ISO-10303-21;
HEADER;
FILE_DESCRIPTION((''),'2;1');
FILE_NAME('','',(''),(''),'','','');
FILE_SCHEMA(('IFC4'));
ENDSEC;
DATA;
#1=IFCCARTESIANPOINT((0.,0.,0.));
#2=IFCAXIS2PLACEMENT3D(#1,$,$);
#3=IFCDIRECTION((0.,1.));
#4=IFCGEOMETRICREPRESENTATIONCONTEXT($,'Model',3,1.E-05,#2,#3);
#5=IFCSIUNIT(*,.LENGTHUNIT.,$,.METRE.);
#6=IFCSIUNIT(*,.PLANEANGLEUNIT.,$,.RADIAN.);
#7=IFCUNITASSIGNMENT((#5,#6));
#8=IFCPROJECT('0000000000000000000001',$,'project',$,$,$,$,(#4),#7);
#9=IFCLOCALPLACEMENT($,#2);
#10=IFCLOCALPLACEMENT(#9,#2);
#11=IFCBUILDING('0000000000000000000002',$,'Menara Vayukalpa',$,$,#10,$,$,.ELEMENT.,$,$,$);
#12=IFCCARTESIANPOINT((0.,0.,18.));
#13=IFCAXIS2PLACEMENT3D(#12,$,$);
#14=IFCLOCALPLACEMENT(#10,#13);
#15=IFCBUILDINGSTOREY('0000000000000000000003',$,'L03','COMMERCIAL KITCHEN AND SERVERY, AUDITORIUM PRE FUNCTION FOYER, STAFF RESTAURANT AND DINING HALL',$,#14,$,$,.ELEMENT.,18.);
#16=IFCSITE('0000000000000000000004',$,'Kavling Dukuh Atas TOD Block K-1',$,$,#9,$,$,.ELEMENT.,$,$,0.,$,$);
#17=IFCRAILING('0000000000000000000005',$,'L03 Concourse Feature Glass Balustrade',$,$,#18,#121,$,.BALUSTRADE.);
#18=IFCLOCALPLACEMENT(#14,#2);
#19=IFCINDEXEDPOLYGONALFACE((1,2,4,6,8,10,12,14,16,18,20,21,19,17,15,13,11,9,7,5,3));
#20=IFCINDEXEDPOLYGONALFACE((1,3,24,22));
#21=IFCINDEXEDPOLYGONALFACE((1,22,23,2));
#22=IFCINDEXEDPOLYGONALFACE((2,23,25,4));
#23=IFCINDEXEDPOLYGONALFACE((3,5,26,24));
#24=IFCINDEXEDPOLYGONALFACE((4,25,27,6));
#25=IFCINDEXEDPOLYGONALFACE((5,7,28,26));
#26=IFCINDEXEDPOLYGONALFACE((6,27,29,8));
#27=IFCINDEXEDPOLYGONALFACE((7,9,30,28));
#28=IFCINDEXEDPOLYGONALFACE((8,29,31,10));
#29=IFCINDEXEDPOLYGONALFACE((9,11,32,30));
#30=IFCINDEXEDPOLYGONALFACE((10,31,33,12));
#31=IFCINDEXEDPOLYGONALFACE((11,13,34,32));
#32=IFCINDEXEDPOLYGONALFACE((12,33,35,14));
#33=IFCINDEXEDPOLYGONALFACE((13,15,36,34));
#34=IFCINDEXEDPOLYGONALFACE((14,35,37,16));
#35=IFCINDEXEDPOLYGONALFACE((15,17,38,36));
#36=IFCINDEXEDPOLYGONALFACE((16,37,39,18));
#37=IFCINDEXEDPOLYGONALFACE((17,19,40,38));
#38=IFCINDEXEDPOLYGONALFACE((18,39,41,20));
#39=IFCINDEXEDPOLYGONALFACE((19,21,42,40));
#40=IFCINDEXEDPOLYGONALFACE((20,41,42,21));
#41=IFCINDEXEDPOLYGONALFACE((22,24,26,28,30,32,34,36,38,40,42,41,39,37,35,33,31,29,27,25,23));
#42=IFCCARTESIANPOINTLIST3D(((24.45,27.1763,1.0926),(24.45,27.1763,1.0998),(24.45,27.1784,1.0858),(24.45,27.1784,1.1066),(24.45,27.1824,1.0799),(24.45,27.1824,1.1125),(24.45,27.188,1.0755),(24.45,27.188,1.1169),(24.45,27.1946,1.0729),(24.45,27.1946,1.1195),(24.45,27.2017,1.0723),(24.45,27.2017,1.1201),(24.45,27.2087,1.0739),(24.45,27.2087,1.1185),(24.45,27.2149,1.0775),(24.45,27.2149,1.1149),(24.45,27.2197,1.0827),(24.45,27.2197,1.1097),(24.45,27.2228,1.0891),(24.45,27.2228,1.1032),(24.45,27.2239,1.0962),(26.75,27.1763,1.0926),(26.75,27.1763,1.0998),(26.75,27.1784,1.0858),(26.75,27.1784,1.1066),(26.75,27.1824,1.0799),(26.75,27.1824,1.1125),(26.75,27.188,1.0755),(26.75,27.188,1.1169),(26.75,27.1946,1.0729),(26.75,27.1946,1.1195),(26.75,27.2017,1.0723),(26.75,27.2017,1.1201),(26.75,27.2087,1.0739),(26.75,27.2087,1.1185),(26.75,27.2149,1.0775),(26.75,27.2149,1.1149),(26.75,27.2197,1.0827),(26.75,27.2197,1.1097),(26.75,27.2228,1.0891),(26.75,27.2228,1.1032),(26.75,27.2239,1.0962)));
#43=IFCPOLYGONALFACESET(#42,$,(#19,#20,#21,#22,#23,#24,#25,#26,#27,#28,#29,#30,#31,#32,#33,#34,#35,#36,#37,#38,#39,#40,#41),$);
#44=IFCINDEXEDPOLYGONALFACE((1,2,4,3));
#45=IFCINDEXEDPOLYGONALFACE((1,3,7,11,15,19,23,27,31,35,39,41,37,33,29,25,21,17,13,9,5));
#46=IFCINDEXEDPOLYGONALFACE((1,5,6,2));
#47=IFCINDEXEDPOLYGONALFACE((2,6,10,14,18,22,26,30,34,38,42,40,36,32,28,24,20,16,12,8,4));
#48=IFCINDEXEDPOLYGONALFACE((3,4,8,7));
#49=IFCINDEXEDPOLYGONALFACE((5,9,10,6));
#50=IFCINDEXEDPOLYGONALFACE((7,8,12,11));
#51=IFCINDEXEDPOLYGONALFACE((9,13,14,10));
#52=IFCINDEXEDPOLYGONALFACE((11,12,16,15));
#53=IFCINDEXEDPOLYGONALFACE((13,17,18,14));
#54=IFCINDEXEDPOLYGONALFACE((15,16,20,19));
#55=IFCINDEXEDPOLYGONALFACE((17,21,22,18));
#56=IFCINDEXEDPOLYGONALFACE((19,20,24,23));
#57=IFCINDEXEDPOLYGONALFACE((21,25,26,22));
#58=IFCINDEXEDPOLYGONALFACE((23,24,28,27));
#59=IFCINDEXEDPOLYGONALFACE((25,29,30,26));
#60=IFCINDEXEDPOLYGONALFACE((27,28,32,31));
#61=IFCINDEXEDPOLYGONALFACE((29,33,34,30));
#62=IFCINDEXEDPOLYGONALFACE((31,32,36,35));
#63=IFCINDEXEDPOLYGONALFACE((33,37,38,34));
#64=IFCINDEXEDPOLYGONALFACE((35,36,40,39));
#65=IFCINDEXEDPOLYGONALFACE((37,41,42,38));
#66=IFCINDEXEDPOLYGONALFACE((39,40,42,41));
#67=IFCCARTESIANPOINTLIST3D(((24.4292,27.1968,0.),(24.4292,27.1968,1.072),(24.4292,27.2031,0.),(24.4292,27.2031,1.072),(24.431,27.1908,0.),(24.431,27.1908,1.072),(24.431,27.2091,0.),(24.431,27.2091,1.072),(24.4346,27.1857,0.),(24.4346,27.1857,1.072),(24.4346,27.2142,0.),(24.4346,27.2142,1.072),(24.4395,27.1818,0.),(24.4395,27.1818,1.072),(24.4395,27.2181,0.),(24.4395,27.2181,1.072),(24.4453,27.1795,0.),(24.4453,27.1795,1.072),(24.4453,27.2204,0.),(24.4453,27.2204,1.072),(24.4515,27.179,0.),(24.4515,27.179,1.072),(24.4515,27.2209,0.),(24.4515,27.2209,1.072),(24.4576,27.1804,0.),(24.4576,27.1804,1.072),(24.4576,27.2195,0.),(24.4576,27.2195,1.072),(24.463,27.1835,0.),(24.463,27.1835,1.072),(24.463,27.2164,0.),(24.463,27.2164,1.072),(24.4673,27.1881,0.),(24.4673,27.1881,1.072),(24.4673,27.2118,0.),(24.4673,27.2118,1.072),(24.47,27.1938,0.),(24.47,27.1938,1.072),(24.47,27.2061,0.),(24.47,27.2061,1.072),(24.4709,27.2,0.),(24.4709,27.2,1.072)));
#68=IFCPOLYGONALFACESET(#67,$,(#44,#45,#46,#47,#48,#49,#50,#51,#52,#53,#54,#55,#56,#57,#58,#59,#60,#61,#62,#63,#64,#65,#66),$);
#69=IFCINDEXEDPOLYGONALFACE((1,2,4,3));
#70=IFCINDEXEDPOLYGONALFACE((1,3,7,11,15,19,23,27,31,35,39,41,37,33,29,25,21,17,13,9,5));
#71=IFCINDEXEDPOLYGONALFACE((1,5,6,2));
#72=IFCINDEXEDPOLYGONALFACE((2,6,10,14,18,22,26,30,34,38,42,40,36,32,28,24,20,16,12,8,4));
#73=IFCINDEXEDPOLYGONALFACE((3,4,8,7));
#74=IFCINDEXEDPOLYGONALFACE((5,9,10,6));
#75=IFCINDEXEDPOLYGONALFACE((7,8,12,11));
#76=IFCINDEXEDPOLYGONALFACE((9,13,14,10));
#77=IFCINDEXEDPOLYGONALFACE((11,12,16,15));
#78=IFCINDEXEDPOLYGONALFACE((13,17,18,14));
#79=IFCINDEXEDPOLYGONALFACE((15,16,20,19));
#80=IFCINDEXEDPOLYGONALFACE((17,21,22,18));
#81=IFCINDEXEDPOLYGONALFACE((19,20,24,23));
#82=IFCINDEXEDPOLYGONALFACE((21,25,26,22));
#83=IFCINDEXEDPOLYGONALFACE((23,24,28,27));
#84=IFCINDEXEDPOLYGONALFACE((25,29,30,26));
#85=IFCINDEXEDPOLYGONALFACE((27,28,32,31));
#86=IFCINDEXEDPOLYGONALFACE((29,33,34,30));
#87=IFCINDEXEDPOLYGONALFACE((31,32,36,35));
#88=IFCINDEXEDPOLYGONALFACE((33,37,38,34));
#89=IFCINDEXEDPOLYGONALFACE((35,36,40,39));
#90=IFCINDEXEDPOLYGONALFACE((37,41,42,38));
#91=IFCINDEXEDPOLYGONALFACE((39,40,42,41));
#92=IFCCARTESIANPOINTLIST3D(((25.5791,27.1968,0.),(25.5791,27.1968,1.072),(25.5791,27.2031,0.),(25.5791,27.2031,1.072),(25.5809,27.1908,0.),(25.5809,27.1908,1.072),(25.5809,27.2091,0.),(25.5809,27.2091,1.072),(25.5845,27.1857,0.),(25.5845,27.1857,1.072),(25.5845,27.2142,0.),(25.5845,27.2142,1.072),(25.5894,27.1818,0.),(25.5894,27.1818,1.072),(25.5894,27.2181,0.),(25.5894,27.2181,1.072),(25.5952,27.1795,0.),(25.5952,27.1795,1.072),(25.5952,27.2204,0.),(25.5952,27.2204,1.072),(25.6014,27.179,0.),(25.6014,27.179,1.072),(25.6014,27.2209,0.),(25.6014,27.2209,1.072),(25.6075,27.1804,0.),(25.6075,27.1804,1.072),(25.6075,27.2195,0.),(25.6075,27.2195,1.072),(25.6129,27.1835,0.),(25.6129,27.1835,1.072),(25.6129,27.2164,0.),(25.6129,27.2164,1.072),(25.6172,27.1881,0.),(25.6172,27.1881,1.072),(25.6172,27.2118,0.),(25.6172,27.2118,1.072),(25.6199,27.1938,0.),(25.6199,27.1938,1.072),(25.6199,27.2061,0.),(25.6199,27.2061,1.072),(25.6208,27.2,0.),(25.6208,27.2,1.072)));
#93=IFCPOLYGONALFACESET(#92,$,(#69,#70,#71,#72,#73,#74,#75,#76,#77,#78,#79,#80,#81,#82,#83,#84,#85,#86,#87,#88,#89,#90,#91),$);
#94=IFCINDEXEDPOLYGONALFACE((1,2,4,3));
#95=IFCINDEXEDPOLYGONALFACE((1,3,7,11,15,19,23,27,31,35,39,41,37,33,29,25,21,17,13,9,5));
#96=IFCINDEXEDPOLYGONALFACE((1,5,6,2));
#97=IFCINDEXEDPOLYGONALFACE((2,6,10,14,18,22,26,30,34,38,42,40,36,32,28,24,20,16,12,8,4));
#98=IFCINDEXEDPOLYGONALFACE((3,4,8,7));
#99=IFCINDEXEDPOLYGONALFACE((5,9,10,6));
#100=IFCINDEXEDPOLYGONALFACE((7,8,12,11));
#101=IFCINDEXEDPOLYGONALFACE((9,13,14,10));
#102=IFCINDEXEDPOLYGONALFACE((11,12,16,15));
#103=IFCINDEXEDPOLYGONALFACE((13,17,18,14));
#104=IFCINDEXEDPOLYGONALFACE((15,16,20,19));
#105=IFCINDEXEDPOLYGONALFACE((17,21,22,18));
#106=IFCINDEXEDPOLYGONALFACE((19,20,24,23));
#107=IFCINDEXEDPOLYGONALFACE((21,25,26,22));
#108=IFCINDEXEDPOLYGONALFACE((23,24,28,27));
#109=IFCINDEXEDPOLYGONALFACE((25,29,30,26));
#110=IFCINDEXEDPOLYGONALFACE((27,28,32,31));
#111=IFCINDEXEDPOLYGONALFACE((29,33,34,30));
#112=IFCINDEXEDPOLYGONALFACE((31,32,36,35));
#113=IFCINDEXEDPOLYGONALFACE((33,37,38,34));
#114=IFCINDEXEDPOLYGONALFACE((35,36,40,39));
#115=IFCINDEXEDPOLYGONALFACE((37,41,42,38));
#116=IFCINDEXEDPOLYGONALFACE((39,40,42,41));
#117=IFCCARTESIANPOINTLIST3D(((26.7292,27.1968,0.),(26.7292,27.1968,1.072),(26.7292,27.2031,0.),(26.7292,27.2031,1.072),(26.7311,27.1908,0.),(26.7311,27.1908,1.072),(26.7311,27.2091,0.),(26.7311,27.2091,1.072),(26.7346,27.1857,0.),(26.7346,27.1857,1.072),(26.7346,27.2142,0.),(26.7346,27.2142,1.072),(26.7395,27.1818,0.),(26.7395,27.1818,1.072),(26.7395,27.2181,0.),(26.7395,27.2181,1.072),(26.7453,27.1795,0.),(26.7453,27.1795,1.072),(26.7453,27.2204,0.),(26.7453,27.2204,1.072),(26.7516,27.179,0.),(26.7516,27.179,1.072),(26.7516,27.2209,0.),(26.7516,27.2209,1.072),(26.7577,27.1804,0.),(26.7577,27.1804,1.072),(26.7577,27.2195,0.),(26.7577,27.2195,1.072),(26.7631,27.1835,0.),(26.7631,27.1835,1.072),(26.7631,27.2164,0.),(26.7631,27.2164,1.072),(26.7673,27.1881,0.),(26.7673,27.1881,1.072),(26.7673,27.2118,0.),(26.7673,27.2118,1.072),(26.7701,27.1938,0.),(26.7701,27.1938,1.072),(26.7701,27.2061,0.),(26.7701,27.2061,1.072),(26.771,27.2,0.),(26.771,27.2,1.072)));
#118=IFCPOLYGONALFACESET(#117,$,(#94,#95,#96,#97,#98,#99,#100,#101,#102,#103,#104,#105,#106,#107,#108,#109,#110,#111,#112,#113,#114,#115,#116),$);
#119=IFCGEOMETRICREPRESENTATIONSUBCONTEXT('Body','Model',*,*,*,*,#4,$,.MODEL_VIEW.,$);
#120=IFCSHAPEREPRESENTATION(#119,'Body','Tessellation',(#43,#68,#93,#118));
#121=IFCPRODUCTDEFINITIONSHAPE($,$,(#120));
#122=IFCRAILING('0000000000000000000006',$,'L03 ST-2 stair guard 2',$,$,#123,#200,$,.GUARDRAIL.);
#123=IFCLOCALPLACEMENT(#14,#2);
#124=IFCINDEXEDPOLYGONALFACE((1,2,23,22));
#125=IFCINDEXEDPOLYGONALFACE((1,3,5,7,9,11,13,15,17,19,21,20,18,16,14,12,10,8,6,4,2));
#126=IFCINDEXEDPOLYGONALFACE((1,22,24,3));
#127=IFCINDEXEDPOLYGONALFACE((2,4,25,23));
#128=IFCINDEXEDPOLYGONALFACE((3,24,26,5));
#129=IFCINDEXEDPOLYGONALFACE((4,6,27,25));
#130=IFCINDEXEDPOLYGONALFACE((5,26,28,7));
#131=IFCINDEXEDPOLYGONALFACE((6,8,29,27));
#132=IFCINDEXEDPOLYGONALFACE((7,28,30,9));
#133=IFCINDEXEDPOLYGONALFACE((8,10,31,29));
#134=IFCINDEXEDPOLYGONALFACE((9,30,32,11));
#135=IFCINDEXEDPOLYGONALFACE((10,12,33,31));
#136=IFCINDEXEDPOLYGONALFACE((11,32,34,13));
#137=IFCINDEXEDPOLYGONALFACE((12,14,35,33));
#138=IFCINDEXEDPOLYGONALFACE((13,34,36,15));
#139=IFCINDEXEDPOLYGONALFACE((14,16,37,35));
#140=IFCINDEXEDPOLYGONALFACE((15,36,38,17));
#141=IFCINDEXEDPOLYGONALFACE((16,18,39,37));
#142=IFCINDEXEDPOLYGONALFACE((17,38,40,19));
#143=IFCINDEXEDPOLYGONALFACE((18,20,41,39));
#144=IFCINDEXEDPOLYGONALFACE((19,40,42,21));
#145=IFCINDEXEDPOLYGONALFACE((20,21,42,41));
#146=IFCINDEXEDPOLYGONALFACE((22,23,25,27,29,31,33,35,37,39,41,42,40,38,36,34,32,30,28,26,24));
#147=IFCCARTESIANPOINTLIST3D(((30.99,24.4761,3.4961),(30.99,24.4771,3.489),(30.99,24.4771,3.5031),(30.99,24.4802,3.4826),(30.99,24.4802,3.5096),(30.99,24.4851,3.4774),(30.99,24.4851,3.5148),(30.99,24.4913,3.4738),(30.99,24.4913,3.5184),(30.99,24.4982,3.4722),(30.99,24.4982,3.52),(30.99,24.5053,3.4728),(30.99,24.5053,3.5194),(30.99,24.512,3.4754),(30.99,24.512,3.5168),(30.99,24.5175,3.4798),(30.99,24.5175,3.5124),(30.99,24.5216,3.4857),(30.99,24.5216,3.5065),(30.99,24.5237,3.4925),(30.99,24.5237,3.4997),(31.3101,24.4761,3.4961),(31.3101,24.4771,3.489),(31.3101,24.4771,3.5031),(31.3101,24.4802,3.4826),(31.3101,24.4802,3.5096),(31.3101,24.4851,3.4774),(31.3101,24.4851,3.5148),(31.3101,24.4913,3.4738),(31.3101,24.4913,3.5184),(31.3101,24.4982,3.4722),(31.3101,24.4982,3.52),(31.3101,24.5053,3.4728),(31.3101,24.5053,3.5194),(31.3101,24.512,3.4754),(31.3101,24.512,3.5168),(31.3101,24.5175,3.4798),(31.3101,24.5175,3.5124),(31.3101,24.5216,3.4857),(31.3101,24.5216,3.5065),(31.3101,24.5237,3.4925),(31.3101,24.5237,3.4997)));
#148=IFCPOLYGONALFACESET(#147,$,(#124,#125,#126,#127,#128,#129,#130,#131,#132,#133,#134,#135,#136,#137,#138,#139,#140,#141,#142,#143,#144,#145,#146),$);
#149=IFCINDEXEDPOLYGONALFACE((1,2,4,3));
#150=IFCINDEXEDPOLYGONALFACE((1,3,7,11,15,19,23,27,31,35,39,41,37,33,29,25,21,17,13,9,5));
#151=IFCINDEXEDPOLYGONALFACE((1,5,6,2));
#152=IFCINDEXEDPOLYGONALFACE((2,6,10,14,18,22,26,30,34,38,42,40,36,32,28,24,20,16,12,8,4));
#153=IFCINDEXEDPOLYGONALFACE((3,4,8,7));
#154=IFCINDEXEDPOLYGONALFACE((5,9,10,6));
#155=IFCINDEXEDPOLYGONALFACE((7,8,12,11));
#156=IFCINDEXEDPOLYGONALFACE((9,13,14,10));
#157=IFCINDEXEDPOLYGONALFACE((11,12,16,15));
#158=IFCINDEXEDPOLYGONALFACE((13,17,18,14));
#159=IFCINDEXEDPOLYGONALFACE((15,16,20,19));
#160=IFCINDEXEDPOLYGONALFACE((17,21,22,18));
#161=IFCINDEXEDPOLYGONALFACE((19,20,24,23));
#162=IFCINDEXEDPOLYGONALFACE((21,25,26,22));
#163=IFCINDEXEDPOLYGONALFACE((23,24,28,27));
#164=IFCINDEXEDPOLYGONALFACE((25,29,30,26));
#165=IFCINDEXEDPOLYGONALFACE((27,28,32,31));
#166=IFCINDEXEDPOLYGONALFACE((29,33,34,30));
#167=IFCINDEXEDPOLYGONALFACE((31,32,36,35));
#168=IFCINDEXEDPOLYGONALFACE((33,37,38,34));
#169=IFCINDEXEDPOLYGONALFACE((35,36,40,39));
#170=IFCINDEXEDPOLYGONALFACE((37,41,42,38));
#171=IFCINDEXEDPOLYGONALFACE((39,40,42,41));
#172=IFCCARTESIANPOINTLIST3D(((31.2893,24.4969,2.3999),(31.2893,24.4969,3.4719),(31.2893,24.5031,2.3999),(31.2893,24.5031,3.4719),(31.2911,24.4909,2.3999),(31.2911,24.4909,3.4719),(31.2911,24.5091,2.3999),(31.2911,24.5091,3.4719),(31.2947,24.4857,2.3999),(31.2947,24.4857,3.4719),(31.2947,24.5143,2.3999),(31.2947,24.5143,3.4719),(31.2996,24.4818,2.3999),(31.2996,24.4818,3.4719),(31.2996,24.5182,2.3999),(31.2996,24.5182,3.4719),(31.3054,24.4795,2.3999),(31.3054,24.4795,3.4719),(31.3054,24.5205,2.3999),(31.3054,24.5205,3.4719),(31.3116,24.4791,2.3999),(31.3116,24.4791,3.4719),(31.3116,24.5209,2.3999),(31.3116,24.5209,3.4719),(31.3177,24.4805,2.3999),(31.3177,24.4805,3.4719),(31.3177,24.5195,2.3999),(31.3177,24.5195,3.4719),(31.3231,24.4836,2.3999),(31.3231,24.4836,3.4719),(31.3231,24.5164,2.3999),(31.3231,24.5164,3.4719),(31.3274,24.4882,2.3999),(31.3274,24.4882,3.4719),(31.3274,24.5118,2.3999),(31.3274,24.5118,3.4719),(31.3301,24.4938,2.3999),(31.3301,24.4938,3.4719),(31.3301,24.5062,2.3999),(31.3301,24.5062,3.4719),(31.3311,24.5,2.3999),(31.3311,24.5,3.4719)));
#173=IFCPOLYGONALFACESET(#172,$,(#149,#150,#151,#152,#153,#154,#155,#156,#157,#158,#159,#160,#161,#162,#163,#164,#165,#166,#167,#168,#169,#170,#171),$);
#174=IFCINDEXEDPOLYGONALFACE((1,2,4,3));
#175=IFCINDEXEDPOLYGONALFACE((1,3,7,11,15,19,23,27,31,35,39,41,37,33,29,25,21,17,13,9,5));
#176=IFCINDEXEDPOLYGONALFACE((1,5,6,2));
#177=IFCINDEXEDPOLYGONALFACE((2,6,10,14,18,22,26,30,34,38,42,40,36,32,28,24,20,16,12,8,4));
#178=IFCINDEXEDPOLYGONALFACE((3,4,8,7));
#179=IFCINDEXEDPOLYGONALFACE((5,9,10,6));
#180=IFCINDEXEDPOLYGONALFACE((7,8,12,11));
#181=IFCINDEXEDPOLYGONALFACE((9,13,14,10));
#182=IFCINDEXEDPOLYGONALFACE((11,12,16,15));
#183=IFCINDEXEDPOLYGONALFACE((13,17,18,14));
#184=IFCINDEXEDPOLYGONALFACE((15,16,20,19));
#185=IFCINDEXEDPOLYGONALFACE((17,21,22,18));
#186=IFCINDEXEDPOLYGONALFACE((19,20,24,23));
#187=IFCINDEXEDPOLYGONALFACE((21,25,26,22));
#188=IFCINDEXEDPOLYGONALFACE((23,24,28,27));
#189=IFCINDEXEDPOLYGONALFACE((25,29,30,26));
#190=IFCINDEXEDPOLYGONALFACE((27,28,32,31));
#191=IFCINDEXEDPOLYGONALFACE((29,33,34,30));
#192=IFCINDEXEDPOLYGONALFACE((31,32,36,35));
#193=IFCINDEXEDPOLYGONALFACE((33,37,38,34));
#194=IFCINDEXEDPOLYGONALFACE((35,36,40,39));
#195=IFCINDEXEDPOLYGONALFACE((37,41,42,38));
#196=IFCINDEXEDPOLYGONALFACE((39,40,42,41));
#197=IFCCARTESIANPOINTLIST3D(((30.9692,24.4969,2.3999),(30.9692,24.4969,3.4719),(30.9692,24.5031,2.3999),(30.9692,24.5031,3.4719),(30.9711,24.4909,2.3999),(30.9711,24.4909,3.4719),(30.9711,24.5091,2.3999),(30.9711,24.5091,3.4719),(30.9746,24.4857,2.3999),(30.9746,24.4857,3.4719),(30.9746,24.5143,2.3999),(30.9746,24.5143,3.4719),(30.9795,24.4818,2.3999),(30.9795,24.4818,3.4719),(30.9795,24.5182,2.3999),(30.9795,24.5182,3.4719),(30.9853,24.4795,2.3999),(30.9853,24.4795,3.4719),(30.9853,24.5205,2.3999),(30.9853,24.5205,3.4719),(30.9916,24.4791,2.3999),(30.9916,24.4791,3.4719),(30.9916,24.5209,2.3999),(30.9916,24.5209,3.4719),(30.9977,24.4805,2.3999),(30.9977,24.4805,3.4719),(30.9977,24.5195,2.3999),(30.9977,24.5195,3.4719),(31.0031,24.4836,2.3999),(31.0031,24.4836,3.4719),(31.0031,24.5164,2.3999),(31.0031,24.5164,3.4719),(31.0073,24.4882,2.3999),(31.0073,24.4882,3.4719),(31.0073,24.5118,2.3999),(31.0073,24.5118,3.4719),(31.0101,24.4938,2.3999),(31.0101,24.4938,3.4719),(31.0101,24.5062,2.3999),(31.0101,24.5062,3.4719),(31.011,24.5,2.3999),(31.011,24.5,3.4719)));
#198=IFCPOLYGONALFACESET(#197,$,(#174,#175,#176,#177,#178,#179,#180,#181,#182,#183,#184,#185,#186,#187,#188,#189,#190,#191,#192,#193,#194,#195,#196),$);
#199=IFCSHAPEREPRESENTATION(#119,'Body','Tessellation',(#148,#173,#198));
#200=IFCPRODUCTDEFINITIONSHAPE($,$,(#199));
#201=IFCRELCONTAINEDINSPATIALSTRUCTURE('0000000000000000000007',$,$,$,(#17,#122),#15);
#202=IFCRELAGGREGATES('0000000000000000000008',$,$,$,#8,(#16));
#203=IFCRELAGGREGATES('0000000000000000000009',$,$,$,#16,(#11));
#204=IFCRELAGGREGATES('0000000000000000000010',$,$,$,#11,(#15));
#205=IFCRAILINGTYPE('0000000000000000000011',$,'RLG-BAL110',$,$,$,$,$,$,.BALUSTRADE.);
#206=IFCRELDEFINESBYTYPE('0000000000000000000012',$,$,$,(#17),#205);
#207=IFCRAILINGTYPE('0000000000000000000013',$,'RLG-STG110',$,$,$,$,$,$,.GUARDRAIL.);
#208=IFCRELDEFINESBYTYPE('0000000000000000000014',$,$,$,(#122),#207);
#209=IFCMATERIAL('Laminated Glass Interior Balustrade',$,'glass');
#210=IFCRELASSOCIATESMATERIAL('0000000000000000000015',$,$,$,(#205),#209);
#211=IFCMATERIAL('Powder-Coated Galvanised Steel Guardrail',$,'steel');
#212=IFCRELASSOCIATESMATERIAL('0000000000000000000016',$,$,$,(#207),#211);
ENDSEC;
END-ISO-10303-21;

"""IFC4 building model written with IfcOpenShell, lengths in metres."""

from ifc_helpers import new_model, si_unit, direction, frame, origin, origin_2d, place, context, subcontext, project, spatial, circle, extrude, material, type_object, element, save


model = new_model("IFC4")

# Units and contexts
model_context = context("Model", 3, precision=1e-05, world=origin(), true_north=direction((0.0, 1.0)))
body_context = subcontext(model_context, "Body", "Model", "MODEL_VIEW")
ifc_project = project(units=[si_unit("LENGTHUNIT", "METRE"), si_unit("PLANEANGLEUNIT", "RADIAN")], contexts=[model_context])

# Site, building, storey
site_placement = place(None, origin())
site = spatial("IfcSite", under=ifc_project, at=site_placement, Name="Kavling Dukuh Atas TOD Block K-1", CompositionType="ELEMENT", RefElevation=0.0)
building_placement = place(site_placement, origin())
building = spatial("IfcBuilding", under=site, at=building_placement, Name="Menara Vayukalpa", CompositionType="ELEMENT")
storey_placement = place(building_placement, frame((0.0, 0.0, 18.0)))
storey = spatial("IfcBuildingStorey", under=building, at=storey_placement, Name="L03", Description="COMMERCIAL KITCHEN AND SERVERY, AUDITORIUM PRE FUNCTION FOYER, STAFF RESTAURANT AND DINING HALL", CompositionType="ELEMENT", Elevation=18.0)

# Railings
ifc_material_1 = material(Name="Laminated Glass Interior Balustrade", Category="glass")
railing_type_1 = type_object("IfcRailingType", Name="RLG-BAL110", PredefinedType="BALUSTRADE", material=ifc_material_1)
railing_1_placement = place(storey_placement, frame((24.45, 27.2, 0.0)))
element("IfcRailing", 1, at=railing_1_placement, inside=storey, type_object=railing_type_1, Name="L03 Concourse Feature Glass Balustrade", PredefinedType="BALUSTRADE", context=body_context, shape_type="SweptSolid", body=[
    extrude(circle(Radius=0.0239, at=origin_2d()), frame((0.0, 0.0, 1.0962), z_axis=(1.0, 0.0, 0.0), x_axis=(0.0, 1.0, 0.0)), (0.0, 0.0, 1.0), 2.3),
    extrude(circle(Radius=0.021, at=origin_2d()), origin(), (0.0, 0.0, 1.0), 1.072),
    extrude(circle(Radius=0.021, at=origin_2d()), frame((1.1499, 0.0, 0.0)), (0.0, 0.0, 1.0), 1.072),
    extrude(circle(Radius=0.021, at=origin_2d()), frame((2.3, 0.0, 0.0)), (0.0, 0.0, 1.0), 1.072),
])
ifc_material_2 = material(Name="Powder-Coated Galvanised Steel Guardrail", Category="steel")
railing_type_2 = type_object("IfcRailingType", Name="RLG-STG110", PredefinedType="GUARDRAIL", material=ifc_material_2)
railing_2_placement = place(storey_placement, frame((31.3101, 24.5, 2.3999)))
element("IfcRailing", 2, at=railing_2_placement, inside=storey, type_object=railing_type_2, Name="L03 ST-2 stair guard 2", PredefinedType="GUARDRAIL", context=body_context, shape_type="SweptSolid", body=[
    extrude(circle(Radius=0.0239, at=origin_2d()), frame((0.0, 0.0, 1.0962), z_axis=(-1.0, 0.0, 0.0), x_axis=(0.0, -1.0, 0.0)), (0.0, 0.0, 1.0), 0.3201),
    extrude(circle(Radius=0.021, at=origin_2d()), origin(), (0.0, 0.0, 1.0), 1.072),
    extrude(circle(Radius=0.021, at=origin_2d()), frame((-0.3201, 0.0, 0.0)), (0.0, 0.0, 1.0), 1.072),
])

save(model, "model.ifc")
